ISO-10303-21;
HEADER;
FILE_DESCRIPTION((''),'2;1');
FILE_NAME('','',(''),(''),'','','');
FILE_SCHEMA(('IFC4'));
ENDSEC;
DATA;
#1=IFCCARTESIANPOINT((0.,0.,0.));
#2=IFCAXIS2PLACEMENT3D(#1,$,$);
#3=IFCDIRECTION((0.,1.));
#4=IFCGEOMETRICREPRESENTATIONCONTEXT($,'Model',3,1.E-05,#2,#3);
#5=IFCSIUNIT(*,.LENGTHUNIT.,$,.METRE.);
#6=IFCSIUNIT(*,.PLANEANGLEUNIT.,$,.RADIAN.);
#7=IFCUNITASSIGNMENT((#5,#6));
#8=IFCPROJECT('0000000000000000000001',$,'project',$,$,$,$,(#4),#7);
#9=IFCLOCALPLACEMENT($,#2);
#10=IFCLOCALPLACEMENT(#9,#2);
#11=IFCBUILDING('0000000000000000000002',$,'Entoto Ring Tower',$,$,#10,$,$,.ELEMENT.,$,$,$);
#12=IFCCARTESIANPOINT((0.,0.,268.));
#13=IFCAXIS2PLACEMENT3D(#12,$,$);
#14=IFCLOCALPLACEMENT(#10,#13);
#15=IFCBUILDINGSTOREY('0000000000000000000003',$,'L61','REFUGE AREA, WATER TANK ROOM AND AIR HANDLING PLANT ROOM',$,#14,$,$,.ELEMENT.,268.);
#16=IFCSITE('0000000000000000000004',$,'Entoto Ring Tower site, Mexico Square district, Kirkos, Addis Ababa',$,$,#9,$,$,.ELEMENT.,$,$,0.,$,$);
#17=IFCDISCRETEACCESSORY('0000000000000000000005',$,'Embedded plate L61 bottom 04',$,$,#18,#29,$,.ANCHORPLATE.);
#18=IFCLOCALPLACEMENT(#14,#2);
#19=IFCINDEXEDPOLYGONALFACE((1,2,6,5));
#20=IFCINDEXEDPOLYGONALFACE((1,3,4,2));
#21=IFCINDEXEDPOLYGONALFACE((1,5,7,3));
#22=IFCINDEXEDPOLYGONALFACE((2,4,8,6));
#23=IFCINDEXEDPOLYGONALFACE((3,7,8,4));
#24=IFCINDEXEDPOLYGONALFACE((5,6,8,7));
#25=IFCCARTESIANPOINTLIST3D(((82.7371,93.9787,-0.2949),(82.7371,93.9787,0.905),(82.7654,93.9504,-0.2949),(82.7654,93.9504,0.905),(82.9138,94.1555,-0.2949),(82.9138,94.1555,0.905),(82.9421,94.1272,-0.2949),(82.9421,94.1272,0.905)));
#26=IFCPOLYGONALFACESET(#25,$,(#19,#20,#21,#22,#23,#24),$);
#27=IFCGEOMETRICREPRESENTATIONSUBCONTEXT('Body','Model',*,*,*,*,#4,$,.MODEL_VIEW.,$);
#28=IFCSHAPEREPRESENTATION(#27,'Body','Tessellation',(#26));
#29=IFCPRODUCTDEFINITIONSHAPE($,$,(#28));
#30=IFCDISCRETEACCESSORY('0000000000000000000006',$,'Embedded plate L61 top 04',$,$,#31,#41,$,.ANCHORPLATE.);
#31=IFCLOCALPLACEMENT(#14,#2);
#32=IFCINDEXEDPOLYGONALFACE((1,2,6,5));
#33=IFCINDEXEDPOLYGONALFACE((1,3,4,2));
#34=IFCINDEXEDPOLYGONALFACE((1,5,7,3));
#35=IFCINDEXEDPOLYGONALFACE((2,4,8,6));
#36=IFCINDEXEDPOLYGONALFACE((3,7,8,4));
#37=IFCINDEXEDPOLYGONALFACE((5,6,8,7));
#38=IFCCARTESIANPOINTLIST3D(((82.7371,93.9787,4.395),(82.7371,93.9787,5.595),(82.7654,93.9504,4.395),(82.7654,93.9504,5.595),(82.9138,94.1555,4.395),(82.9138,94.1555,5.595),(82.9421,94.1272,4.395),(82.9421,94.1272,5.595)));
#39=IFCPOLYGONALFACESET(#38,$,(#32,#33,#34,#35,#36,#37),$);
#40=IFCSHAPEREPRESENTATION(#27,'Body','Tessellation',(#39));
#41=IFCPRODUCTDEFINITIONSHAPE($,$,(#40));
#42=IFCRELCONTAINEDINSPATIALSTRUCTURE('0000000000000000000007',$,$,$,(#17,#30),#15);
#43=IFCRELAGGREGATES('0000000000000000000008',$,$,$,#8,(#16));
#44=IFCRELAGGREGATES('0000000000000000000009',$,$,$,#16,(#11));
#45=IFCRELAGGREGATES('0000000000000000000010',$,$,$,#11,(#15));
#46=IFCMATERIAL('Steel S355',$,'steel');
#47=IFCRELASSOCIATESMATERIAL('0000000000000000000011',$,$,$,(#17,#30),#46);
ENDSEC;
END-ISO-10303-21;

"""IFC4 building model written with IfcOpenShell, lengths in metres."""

from ifc_helpers import new_model, si_unit, direction, frame, origin, origin_2d, place, context, subcontext, project, spatial, rectangle, extrude, material, element, save


model = new_model("IFC4")

# Units and contexts
model_context = context("Model", 3, precision=1e-05, world=origin(), true_north=direction((0.0, 1.0)))
body_context = subcontext(model_context, "Body", "Model", "MODEL_VIEW")
ifc_project = project(units=[si_unit("LENGTHUNIT", "METRE"), si_unit("PLANEANGLEUNIT", "RADIAN")], contexts=[model_context])

# Site, building, storey
site_placement = place(None, origin())
site = spatial("IfcSite", under=ifc_project, at=site_placement, Name="Entoto Ring Tower site, Mexico Square district, Kirkos, Addis Ababa", CompositionType="ELEMENT", RefElevation=0.0)
building_placement = place(site_placement, origin())
building = spatial("IfcBuilding", under=site, at=building_placement, Name="Entoto Ring Tower", CompositionType="ELEMENT")
storey_placement = place(building_placement, frame((0.0, 0.0, 268.0)))
storey = spatial("IfcBuildingStorey", under=building, at=storey_placement, Name="L61", Description="REFUGE AREA, WATER TANK ROOM AND AIR HANDLING PLANT ROOM", CompositionType="ELEMENT", Elevation=268.0)

# Discrete accessories
ifc_material_1 = material(Name="Steel S355", Category="steel")
for number, where, z_axis, x_axis, name in (
    (1, (82.8396, 94.053, -0.2949), (0.0, 0.0, 1.0), (-0.707107, 0.707107, 0.0), "Embedded plate L61 bottom 04"),
    (2, (82.8396, 94.053, 4.395), (0.0, 0.0, 1.0), (-0.707107, 0.707107, 0.0), "Embedded plate L61 top 04"),
):
    element("IfcDiscreteAccessory", number, at=place(storey_placement, frame(where, z_axis=z_axis, x_axis=x_axis)), inside=storey, material=ifc_material_1, Name=name, PredefinedType="ANCHORPLATE", context=body_context, shape_type="SweptSolid", body=[
        extrude(rectangle(XDim=0.04, YDim=0.25, at=origin_2d()), origin(), (0.0, 0.0, 1.0), 1.2),
    ])

save(model, "model.ifc")
